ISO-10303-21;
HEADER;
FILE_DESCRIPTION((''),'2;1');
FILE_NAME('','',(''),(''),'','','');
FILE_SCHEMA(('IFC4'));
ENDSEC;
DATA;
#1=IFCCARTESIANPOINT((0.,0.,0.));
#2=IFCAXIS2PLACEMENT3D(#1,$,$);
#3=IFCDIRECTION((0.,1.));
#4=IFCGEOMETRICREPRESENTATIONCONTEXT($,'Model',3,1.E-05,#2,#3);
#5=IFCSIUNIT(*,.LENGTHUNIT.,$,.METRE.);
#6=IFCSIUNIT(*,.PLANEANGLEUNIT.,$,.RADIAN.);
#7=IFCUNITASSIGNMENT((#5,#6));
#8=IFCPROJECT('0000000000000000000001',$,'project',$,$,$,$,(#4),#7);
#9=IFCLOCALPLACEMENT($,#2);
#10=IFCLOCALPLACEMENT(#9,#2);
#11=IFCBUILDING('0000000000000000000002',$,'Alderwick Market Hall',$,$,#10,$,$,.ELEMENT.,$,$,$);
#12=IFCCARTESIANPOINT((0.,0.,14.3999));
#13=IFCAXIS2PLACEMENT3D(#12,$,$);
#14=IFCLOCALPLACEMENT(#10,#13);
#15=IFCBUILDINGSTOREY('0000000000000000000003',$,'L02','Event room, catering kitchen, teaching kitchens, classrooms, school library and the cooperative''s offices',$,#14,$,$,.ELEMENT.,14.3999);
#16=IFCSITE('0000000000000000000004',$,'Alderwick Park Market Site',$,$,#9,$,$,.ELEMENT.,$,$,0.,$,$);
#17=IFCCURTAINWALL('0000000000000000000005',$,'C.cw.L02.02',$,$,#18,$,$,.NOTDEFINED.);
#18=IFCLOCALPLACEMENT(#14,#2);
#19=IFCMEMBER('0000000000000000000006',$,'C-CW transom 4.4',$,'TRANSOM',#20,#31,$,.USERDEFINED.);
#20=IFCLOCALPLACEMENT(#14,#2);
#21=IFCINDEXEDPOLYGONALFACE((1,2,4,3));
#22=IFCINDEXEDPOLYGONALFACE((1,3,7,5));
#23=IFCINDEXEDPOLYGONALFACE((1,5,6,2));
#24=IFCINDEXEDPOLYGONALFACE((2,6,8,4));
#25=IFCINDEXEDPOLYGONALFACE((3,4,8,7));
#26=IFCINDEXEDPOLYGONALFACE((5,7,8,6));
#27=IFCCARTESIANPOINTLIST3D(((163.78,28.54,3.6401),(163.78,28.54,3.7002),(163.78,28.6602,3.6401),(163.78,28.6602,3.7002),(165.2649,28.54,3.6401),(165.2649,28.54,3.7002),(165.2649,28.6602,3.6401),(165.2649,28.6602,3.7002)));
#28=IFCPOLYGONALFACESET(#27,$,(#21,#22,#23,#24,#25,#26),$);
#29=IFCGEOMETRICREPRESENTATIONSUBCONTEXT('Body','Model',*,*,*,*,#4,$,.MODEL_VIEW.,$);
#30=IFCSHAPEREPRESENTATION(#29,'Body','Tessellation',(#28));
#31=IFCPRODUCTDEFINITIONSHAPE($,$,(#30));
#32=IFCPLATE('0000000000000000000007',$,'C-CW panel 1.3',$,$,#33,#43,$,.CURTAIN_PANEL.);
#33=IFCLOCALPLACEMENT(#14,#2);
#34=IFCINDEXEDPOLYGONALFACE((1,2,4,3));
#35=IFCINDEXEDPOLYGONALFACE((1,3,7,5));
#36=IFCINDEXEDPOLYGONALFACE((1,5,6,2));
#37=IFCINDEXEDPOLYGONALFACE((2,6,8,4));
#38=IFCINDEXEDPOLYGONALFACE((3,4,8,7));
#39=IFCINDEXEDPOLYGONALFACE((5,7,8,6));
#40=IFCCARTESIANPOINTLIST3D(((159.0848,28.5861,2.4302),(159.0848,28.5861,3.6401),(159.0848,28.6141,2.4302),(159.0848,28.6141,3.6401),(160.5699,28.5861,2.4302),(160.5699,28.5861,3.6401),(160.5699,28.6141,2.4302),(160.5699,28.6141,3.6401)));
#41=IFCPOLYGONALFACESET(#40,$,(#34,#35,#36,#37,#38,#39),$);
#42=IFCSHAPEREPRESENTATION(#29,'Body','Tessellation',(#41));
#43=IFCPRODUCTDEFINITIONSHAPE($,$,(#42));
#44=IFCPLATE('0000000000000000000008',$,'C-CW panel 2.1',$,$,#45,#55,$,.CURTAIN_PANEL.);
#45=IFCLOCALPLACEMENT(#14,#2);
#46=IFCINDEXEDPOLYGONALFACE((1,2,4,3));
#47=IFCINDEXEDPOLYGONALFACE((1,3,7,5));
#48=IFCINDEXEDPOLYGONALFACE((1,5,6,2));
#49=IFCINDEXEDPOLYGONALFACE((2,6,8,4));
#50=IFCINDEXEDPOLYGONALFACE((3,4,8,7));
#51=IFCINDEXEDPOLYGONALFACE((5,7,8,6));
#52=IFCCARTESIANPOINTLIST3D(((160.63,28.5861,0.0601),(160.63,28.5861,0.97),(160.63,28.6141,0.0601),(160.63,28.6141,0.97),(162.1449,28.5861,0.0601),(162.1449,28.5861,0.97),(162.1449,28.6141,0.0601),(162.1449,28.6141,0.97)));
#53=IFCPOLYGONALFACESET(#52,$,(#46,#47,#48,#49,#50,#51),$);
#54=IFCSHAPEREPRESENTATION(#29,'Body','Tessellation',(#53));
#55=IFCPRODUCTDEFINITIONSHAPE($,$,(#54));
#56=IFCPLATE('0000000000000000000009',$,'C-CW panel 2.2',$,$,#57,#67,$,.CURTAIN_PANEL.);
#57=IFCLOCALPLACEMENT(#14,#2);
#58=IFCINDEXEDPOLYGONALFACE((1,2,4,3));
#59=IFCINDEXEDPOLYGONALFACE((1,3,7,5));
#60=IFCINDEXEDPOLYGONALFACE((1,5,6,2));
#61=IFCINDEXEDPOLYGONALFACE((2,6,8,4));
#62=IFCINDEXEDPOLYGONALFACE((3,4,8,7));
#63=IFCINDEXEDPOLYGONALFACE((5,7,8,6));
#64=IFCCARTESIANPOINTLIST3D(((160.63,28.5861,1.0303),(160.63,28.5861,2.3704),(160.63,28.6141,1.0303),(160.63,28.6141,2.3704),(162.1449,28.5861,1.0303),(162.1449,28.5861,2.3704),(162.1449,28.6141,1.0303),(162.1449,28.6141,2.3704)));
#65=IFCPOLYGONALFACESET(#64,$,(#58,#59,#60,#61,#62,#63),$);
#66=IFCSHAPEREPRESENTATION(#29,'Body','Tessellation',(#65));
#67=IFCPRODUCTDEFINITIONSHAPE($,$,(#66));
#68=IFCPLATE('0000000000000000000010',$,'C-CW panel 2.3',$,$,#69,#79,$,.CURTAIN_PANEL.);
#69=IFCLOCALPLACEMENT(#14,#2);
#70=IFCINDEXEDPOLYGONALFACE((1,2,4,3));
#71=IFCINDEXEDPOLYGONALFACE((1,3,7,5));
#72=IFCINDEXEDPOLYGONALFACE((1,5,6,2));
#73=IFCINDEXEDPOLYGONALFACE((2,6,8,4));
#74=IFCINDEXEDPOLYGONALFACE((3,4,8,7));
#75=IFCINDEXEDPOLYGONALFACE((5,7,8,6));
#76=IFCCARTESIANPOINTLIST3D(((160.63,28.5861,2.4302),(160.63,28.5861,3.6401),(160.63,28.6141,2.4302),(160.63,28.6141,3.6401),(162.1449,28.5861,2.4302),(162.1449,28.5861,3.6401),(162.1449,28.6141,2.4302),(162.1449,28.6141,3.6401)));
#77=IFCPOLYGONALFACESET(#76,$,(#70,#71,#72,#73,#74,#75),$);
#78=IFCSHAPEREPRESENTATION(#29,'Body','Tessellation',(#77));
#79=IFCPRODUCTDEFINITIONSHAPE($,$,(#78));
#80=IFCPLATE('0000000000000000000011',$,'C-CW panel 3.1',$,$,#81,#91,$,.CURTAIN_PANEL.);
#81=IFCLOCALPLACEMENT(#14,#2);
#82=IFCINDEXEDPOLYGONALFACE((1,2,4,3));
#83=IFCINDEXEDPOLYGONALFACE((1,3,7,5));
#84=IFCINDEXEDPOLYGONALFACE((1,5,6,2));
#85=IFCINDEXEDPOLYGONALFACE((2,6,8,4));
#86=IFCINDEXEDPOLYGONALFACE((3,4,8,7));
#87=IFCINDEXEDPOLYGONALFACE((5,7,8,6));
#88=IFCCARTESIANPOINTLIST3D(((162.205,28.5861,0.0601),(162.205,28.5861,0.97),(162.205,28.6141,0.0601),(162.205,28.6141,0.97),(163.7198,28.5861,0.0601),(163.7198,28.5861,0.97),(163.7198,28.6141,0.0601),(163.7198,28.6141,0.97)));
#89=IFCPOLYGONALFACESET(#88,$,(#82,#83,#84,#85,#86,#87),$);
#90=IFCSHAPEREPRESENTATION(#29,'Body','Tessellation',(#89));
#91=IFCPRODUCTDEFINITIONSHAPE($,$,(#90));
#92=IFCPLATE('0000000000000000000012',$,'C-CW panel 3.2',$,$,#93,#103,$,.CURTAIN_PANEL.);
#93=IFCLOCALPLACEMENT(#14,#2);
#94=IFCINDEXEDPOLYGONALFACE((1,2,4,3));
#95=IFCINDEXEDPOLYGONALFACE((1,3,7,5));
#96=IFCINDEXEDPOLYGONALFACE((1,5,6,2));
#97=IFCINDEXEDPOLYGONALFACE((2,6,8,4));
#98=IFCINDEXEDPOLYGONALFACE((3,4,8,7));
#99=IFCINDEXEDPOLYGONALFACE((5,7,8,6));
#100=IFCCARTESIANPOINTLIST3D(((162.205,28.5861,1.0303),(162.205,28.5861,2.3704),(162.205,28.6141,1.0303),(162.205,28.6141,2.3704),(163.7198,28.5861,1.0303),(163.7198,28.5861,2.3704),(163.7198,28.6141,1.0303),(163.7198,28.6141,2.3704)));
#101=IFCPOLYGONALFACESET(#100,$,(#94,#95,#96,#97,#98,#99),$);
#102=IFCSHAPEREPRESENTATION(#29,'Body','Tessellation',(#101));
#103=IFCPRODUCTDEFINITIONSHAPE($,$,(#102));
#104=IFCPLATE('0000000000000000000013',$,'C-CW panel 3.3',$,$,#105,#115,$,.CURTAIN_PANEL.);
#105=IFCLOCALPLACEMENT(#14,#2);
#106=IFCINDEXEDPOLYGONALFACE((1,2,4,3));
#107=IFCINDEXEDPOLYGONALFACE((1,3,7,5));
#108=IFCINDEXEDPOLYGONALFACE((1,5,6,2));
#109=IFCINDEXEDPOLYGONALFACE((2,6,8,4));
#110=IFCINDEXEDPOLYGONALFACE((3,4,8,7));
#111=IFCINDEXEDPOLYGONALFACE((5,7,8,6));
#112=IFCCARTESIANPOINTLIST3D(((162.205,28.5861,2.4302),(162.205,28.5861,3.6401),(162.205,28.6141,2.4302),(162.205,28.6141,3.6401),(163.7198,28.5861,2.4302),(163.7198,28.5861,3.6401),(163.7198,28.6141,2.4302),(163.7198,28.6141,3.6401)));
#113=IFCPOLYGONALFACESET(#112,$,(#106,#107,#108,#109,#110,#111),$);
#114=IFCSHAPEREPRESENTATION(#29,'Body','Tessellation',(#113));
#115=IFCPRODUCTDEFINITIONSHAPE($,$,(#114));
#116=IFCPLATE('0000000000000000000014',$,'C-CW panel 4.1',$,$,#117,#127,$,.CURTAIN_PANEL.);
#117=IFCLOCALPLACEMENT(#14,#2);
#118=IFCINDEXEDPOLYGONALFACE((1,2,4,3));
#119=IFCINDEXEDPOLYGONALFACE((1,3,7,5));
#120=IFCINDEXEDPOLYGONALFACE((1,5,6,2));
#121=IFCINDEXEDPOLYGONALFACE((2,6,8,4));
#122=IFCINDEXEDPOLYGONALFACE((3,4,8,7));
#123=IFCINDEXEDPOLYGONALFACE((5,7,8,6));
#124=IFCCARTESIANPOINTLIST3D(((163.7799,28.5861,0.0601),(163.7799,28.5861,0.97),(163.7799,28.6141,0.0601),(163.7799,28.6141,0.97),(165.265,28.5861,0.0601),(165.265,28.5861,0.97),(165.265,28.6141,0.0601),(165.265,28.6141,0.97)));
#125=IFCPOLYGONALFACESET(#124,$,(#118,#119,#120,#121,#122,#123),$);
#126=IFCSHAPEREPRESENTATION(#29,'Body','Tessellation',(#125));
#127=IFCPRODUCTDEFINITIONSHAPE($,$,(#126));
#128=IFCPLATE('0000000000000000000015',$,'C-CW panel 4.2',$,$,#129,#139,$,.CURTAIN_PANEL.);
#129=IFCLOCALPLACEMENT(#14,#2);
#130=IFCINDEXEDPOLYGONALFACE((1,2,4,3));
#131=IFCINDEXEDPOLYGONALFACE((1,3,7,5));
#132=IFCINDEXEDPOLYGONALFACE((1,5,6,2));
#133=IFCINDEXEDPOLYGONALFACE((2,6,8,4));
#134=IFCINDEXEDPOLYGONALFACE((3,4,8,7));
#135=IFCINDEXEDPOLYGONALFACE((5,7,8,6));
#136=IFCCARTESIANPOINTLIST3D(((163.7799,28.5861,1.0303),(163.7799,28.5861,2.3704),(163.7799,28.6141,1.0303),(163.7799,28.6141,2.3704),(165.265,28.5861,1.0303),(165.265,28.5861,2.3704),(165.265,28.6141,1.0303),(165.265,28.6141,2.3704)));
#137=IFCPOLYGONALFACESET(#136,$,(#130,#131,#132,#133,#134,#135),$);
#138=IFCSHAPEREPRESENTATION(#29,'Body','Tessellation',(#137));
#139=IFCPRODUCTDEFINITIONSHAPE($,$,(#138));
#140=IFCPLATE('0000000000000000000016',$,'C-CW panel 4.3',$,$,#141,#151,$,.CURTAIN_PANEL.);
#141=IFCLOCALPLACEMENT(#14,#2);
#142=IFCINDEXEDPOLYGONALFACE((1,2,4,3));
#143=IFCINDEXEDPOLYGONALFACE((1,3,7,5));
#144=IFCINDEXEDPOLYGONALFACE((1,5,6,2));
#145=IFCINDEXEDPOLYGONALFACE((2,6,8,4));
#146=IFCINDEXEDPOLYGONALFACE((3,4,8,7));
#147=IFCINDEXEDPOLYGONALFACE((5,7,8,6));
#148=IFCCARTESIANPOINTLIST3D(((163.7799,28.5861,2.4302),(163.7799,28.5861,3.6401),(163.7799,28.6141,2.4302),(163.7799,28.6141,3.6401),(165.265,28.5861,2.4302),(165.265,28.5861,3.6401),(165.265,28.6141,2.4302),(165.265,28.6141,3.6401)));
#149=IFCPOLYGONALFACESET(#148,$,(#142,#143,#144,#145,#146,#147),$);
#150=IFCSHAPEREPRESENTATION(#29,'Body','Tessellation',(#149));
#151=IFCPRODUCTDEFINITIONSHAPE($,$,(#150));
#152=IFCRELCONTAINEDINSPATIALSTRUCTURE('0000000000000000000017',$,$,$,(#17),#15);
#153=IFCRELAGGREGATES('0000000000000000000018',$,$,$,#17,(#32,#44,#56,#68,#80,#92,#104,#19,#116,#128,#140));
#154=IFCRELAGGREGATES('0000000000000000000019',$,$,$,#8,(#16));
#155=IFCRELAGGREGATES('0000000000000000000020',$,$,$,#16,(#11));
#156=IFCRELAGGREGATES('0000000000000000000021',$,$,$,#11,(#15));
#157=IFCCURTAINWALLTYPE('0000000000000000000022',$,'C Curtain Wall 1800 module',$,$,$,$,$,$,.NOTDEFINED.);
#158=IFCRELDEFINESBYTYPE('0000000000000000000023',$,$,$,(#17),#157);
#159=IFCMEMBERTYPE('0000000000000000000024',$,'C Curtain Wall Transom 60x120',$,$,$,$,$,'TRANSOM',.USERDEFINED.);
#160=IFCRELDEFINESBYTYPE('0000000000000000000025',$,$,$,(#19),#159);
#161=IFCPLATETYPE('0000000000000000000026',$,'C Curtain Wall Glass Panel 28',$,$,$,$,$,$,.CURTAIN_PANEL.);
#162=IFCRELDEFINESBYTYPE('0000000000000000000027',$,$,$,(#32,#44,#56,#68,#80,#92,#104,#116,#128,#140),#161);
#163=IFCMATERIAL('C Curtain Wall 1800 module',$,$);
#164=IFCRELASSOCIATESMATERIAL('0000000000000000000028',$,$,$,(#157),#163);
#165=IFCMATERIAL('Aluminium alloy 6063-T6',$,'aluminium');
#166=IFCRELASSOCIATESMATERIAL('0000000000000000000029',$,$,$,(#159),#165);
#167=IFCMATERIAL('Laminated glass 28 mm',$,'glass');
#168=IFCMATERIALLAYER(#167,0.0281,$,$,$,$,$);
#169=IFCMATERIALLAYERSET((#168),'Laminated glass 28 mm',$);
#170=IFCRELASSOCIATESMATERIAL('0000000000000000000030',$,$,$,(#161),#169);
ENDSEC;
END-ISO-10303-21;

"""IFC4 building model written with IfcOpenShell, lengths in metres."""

from ifc_helpers import new_model, si_unit, direction, frame, origin, origin_2d, place, context, subcontext, project, spatial, rectangle, extrude, material, layer, layer_set, material_profile, profile_set, type_object, element, aggregate, save


model = new_model("IFC4")

# Units and contexts
model_context = context("Model", 3, precision=1e-05, world=origin(), true_north=direction((0.0, 1.0)))
body_context = subcontext(model_context, "Body", "Model", "MODEL_VIEW")
ifc_project = project(units=[si_unit("LENGTHUNIT", "METRE"), si_unit("PLANEANGLEUNIT", "RADIAN")], contexts=[model_context])

# Site, building, storey
site_placement = place(None, origin())
site = spatial("IfcSite", under=ifc_project, at=site_placement, Name="Alderwick Park Market Site", CompositionType="ELEMENT", RefElevation=0.0)
building_placement = place(site_placement, origin())
building = spatial("IfcBuilding", under=site, at=building_placement, Name="Alderwick Market Hall", CompositionType="ELEMENT")
storey_placement = place(building_placement, frame((0.0, 0.0, 14.3999)))
storey = spatial("IfcBuildingStorey", under=building, at=storey_placement, Name="L02", Description="Event room, catering kitchen, teaching kitchens, classrooms, school library and the cooperative's offices", CompositionType="ELEMENT", Elevation=14.3999)

# Curtain wall, member, plates
ifc_material_1 = material(Name="C Curtain Wall 1800 module")
curtain_wall_type = type_object("IfcCurtainWallType", Name="C Curtain Wall 1800 module", PredefinedType="NOTDEFINED", material=ifc_material_1)
curtain_wall_placement = place(storey_placement, origin())
curtain_wall = element("IfcCurtainWall", 1, at=curtain_wall_placement, inside=storey, type_object=curtain_wall_type, Name="C.cw.L02.02", PredefinedType="NOTDEFINED")
ifc_material_2 = material(Name="Aluminium alloy 6063-T6", Category="aluminium")
ifc_material_profile_1 = material_profile(ifc_material_2, rectangle(XDim=0.1201, YDim=0.0601, at=origin_2d()), Name="AL 60x120")
ifc_profile_set_1 = profile_set([ifc_material_profile_1], Name="Aluminium alloy 6063-T6")
member_type_1 = type_object("IfcMemberType", Name="C Curtain Wall Transom 60x120", ElementType="TRANSOM", PredefinedType="USERDEFINED", material=ifc_profile_set_1)
member_1_placement = place(storey_placement, frame((163.78, 28.6001, 3.6702), z_axis=(1.0, 0.0, 0.0), x_axis=(0.0, 1.0, 0.0)))
member_1 = element("IfcMember", 2, at=member_1_placement, type_object=member_type_1, Name="C-CW transom 4.4", ObjectType="TRANSOM", PredefinedType="USERDEFINED", context=body_context, shape_type="SweptSolid", body=[
    extrude(rectangle(XDim=0.1201, YDim=0.0601, at=origin_2d()), origin(), (0.0, 0.0, 1.0), 1.4849),
])
ifc_material_3 = material(Name="Laminated glass 28 mm", Category="glass")
ifc_layer = layer(ifc_material_3, 0.0281)
ifc_layer_set = layer_set([ifc_layer], Name="Laminated glass 28 mm")
plate_type = type_object("IfcPlateType", Name="C Curtain Wall Glass Panel 28", PredefinedType="CURTAIN_PANEL", material=ifc_layer_set)
plate_1_placement = place(storey_placement, frame((159.8274, 28.6001, 2.4302), z_axis=(0.0, 0.0, 1.0), x_axis=(1.0, 0.0, 0.0)))
plate_1 = element("IfcPlate", 3, at=plate_1_placement, type_object=plate_type, Name="C-CW panel 1.3", PredefinedType="CURTAIN_PANEL", context=body_context, shape_type="SweptSolid", body=[
    extrude(rectangle(XDim=1.4851, YDim=0.0281, at=origin_2d()), origin(), (0.0, 0.0, 1.0), 1.21),
])
plate_2_placement = place(storey_placement, frame((161.3875, 28.6001, 0.0601), z_axis=(0.0, 0.0, 1.0), x_axis=(1.0, 0.0, 0.0)))
plate_2 = element("IfcPlate", 4, at=plate_2_placement, type_object=plate_type, Name="C-CW panel 2.1", PredefinedType="CURTAIN_PANEL", context=body_context, shape_type="SweptSolid", body=[
    extrude(rectangle(XDim=1.5149, YDim=0.0281, at=origin_2d()), origin(), (0.0, 0.0, 1.0), 0.9099),
])
plate_3_placement = place(storey_placement, frame((161.3875, 28.6001, 1.0303), z_axis=(0.0, 0.0, 1.0), x_axis=(1.0, 0.0, 0.0)))
plate_3 = element("IfcPlate", 5, at=plate_3_placement, type_object=plate_type, Name="C-CW panel 2.2", PredefinedType="CURTAIN_PANEL", context=body_context, shape_type="SweptSolid", body=[
    extrude(rectangle(XDim=1.5149, YDim=0.0281, at=origin_2d()), origin(), (0.0, 0.0, 1.0), 1.3401),
])
plate_4_placement = place(storey_placement, frame((161.3875, 28.6001, 2.4302), z_axis=(0.0, 0.0, 1.0), x_axis=(1.0, 0.0, 0.0)))
plate_4 = element("IfcPlate", 6, at=plate_4_placement, type_object=plate_type, Name="C-CW panel 2.3", PredefinedType="CURTAIN_PANEL", context=body_context, shape_type="SweptSolid", body=[
    extrude(rectangle(XDim=1.5149, YDim=0.0281, at=origin_2d()), origin(), (0.0, 0.0, 1.0), 1.21),
])
plate_5_placement = place(storey_placement, frame((162.9624, 28.6001, 0.0601), z_axis=(0.0, 0.0, 1.0), x_axis=(1.0, 0.0, 0.0)))
plate_5 = element("IfcPlate", 7, at=plate_5_placement, type_object=plate_type, Name="C-CW panel 3.1", PredefinedType="CURTAIN_PANEL", context=body_context, shape_type="SweptSolid", body=[
    extrude(rectangle(XDim=1.5149, YDim=0.0281, at=origin_2d()), origin(), (0.0, 0.0, 1.0), 0.9099),
])
plate_6_placement = place(storey_placement, frame((162.9624, 28.6001, 1.0303), z_axis=(0.0, 0.0, 1.0), x_axis=(1.0, 0.0, 0.0)))
plate_6 = element("IfcPlate", 8, at=plate_6_placement, type_object=plate_type, Name="C-CW panel 3.2", PredefinedType="CURTAIN_PANEL", context=body_context, shape_type="SweptSolid", body=[
    extrude(rectangle(XDim=1.5149, YDim=0.0281, at=origin_2d()), origin(), (0.0, 0.0, 1.0), 1.3401),
])
plate_7_placement = place(storey_placement, frame((162.9624, 28.6001, 2.4302), z_axis=(0.0, 0.0, 1.0), x_axis=(1.0, 0.0, 0.0)))
plate_7 = element("IfcPlate", 9, at=plate_7_placement, type_object=plate_type, Name="C-CW panel 3.3", PredefinedType="CURTAIN_PANEL", context=body_context, shape_type="SweptSolid", body=[
    extrude(rectangle(XDim=1.5149, YDim=0.0281, at=origin_2d()), origin(), (0.0, 0.0, 1.0), 1.21),
])
plate_8_placement = place(storey_placement, frame((164.5225, 28.6001, 0.0601), z_axis=(0.0, 0.0, 1.0), x_axis=(1.0, 0.0, 0.0)))
plate_8 = element("IfcPlate", 10, at=plate_8_placement, type_object=plate_type, Name="C-CW panel 4.1", PredefinedType="CURTAIN_PANEL", context=body_context, shape_type="SweptSolid", body=[
    extrude(rectangle(XDim=1.4851, YDim=0.0281, at=origin_2d()), origin(), (0.0, 0.0, 1.0), 0.9099),
])
plate_9_placement = place(storey_placement, frame((164.5225, 28.6001, 1.0303), z_axis=(0.0, 0.0, 1.0), x_axis=(1.0, 0.0, 0.0)))
plate_9 = element("IfcPlate", 11, at=plate_9_placement, type_object=plate_type, Name="C-CW panel 4.2", PredefinedType="CURTAIN_PANEL", context=body_context, shape_type="SweptSolid", body=[
    extrude(rectangle(XDim=1.4851, YDim=0.0281, at=origin_2d()), origin(), (0.0, 0.0, 1.0), 1.3401),
])
plate_10_placement = place(storey_placement, frame((164.5225, 28.6001, 2.4302), z_axis=(0.0, 0.0, 1.0), x_axis=(1.0, 0.0, 0.0)))
plate_10 = element("IfcPlate", 12, at=plate_10_placement, type_object=plate_type, Name="C-CW panel 4.3", PredefinedType="CURTAIN_PANEL", context=body_context, shape_type="SweptSolid", body=[
    extrude(rectangle(XDim=1.4851, YDim=0.0281, at=origin_2d()), origin(), (0.0, 0.0, 1.0), 1.21),
])
aggregate(curtain_wall, [plate_1, plate_2, plate_3, plate_4, plate_5, plate_6, plate_7, member_1, plate_8, plate_9, plate_10])

save(model, "model.ifc")
